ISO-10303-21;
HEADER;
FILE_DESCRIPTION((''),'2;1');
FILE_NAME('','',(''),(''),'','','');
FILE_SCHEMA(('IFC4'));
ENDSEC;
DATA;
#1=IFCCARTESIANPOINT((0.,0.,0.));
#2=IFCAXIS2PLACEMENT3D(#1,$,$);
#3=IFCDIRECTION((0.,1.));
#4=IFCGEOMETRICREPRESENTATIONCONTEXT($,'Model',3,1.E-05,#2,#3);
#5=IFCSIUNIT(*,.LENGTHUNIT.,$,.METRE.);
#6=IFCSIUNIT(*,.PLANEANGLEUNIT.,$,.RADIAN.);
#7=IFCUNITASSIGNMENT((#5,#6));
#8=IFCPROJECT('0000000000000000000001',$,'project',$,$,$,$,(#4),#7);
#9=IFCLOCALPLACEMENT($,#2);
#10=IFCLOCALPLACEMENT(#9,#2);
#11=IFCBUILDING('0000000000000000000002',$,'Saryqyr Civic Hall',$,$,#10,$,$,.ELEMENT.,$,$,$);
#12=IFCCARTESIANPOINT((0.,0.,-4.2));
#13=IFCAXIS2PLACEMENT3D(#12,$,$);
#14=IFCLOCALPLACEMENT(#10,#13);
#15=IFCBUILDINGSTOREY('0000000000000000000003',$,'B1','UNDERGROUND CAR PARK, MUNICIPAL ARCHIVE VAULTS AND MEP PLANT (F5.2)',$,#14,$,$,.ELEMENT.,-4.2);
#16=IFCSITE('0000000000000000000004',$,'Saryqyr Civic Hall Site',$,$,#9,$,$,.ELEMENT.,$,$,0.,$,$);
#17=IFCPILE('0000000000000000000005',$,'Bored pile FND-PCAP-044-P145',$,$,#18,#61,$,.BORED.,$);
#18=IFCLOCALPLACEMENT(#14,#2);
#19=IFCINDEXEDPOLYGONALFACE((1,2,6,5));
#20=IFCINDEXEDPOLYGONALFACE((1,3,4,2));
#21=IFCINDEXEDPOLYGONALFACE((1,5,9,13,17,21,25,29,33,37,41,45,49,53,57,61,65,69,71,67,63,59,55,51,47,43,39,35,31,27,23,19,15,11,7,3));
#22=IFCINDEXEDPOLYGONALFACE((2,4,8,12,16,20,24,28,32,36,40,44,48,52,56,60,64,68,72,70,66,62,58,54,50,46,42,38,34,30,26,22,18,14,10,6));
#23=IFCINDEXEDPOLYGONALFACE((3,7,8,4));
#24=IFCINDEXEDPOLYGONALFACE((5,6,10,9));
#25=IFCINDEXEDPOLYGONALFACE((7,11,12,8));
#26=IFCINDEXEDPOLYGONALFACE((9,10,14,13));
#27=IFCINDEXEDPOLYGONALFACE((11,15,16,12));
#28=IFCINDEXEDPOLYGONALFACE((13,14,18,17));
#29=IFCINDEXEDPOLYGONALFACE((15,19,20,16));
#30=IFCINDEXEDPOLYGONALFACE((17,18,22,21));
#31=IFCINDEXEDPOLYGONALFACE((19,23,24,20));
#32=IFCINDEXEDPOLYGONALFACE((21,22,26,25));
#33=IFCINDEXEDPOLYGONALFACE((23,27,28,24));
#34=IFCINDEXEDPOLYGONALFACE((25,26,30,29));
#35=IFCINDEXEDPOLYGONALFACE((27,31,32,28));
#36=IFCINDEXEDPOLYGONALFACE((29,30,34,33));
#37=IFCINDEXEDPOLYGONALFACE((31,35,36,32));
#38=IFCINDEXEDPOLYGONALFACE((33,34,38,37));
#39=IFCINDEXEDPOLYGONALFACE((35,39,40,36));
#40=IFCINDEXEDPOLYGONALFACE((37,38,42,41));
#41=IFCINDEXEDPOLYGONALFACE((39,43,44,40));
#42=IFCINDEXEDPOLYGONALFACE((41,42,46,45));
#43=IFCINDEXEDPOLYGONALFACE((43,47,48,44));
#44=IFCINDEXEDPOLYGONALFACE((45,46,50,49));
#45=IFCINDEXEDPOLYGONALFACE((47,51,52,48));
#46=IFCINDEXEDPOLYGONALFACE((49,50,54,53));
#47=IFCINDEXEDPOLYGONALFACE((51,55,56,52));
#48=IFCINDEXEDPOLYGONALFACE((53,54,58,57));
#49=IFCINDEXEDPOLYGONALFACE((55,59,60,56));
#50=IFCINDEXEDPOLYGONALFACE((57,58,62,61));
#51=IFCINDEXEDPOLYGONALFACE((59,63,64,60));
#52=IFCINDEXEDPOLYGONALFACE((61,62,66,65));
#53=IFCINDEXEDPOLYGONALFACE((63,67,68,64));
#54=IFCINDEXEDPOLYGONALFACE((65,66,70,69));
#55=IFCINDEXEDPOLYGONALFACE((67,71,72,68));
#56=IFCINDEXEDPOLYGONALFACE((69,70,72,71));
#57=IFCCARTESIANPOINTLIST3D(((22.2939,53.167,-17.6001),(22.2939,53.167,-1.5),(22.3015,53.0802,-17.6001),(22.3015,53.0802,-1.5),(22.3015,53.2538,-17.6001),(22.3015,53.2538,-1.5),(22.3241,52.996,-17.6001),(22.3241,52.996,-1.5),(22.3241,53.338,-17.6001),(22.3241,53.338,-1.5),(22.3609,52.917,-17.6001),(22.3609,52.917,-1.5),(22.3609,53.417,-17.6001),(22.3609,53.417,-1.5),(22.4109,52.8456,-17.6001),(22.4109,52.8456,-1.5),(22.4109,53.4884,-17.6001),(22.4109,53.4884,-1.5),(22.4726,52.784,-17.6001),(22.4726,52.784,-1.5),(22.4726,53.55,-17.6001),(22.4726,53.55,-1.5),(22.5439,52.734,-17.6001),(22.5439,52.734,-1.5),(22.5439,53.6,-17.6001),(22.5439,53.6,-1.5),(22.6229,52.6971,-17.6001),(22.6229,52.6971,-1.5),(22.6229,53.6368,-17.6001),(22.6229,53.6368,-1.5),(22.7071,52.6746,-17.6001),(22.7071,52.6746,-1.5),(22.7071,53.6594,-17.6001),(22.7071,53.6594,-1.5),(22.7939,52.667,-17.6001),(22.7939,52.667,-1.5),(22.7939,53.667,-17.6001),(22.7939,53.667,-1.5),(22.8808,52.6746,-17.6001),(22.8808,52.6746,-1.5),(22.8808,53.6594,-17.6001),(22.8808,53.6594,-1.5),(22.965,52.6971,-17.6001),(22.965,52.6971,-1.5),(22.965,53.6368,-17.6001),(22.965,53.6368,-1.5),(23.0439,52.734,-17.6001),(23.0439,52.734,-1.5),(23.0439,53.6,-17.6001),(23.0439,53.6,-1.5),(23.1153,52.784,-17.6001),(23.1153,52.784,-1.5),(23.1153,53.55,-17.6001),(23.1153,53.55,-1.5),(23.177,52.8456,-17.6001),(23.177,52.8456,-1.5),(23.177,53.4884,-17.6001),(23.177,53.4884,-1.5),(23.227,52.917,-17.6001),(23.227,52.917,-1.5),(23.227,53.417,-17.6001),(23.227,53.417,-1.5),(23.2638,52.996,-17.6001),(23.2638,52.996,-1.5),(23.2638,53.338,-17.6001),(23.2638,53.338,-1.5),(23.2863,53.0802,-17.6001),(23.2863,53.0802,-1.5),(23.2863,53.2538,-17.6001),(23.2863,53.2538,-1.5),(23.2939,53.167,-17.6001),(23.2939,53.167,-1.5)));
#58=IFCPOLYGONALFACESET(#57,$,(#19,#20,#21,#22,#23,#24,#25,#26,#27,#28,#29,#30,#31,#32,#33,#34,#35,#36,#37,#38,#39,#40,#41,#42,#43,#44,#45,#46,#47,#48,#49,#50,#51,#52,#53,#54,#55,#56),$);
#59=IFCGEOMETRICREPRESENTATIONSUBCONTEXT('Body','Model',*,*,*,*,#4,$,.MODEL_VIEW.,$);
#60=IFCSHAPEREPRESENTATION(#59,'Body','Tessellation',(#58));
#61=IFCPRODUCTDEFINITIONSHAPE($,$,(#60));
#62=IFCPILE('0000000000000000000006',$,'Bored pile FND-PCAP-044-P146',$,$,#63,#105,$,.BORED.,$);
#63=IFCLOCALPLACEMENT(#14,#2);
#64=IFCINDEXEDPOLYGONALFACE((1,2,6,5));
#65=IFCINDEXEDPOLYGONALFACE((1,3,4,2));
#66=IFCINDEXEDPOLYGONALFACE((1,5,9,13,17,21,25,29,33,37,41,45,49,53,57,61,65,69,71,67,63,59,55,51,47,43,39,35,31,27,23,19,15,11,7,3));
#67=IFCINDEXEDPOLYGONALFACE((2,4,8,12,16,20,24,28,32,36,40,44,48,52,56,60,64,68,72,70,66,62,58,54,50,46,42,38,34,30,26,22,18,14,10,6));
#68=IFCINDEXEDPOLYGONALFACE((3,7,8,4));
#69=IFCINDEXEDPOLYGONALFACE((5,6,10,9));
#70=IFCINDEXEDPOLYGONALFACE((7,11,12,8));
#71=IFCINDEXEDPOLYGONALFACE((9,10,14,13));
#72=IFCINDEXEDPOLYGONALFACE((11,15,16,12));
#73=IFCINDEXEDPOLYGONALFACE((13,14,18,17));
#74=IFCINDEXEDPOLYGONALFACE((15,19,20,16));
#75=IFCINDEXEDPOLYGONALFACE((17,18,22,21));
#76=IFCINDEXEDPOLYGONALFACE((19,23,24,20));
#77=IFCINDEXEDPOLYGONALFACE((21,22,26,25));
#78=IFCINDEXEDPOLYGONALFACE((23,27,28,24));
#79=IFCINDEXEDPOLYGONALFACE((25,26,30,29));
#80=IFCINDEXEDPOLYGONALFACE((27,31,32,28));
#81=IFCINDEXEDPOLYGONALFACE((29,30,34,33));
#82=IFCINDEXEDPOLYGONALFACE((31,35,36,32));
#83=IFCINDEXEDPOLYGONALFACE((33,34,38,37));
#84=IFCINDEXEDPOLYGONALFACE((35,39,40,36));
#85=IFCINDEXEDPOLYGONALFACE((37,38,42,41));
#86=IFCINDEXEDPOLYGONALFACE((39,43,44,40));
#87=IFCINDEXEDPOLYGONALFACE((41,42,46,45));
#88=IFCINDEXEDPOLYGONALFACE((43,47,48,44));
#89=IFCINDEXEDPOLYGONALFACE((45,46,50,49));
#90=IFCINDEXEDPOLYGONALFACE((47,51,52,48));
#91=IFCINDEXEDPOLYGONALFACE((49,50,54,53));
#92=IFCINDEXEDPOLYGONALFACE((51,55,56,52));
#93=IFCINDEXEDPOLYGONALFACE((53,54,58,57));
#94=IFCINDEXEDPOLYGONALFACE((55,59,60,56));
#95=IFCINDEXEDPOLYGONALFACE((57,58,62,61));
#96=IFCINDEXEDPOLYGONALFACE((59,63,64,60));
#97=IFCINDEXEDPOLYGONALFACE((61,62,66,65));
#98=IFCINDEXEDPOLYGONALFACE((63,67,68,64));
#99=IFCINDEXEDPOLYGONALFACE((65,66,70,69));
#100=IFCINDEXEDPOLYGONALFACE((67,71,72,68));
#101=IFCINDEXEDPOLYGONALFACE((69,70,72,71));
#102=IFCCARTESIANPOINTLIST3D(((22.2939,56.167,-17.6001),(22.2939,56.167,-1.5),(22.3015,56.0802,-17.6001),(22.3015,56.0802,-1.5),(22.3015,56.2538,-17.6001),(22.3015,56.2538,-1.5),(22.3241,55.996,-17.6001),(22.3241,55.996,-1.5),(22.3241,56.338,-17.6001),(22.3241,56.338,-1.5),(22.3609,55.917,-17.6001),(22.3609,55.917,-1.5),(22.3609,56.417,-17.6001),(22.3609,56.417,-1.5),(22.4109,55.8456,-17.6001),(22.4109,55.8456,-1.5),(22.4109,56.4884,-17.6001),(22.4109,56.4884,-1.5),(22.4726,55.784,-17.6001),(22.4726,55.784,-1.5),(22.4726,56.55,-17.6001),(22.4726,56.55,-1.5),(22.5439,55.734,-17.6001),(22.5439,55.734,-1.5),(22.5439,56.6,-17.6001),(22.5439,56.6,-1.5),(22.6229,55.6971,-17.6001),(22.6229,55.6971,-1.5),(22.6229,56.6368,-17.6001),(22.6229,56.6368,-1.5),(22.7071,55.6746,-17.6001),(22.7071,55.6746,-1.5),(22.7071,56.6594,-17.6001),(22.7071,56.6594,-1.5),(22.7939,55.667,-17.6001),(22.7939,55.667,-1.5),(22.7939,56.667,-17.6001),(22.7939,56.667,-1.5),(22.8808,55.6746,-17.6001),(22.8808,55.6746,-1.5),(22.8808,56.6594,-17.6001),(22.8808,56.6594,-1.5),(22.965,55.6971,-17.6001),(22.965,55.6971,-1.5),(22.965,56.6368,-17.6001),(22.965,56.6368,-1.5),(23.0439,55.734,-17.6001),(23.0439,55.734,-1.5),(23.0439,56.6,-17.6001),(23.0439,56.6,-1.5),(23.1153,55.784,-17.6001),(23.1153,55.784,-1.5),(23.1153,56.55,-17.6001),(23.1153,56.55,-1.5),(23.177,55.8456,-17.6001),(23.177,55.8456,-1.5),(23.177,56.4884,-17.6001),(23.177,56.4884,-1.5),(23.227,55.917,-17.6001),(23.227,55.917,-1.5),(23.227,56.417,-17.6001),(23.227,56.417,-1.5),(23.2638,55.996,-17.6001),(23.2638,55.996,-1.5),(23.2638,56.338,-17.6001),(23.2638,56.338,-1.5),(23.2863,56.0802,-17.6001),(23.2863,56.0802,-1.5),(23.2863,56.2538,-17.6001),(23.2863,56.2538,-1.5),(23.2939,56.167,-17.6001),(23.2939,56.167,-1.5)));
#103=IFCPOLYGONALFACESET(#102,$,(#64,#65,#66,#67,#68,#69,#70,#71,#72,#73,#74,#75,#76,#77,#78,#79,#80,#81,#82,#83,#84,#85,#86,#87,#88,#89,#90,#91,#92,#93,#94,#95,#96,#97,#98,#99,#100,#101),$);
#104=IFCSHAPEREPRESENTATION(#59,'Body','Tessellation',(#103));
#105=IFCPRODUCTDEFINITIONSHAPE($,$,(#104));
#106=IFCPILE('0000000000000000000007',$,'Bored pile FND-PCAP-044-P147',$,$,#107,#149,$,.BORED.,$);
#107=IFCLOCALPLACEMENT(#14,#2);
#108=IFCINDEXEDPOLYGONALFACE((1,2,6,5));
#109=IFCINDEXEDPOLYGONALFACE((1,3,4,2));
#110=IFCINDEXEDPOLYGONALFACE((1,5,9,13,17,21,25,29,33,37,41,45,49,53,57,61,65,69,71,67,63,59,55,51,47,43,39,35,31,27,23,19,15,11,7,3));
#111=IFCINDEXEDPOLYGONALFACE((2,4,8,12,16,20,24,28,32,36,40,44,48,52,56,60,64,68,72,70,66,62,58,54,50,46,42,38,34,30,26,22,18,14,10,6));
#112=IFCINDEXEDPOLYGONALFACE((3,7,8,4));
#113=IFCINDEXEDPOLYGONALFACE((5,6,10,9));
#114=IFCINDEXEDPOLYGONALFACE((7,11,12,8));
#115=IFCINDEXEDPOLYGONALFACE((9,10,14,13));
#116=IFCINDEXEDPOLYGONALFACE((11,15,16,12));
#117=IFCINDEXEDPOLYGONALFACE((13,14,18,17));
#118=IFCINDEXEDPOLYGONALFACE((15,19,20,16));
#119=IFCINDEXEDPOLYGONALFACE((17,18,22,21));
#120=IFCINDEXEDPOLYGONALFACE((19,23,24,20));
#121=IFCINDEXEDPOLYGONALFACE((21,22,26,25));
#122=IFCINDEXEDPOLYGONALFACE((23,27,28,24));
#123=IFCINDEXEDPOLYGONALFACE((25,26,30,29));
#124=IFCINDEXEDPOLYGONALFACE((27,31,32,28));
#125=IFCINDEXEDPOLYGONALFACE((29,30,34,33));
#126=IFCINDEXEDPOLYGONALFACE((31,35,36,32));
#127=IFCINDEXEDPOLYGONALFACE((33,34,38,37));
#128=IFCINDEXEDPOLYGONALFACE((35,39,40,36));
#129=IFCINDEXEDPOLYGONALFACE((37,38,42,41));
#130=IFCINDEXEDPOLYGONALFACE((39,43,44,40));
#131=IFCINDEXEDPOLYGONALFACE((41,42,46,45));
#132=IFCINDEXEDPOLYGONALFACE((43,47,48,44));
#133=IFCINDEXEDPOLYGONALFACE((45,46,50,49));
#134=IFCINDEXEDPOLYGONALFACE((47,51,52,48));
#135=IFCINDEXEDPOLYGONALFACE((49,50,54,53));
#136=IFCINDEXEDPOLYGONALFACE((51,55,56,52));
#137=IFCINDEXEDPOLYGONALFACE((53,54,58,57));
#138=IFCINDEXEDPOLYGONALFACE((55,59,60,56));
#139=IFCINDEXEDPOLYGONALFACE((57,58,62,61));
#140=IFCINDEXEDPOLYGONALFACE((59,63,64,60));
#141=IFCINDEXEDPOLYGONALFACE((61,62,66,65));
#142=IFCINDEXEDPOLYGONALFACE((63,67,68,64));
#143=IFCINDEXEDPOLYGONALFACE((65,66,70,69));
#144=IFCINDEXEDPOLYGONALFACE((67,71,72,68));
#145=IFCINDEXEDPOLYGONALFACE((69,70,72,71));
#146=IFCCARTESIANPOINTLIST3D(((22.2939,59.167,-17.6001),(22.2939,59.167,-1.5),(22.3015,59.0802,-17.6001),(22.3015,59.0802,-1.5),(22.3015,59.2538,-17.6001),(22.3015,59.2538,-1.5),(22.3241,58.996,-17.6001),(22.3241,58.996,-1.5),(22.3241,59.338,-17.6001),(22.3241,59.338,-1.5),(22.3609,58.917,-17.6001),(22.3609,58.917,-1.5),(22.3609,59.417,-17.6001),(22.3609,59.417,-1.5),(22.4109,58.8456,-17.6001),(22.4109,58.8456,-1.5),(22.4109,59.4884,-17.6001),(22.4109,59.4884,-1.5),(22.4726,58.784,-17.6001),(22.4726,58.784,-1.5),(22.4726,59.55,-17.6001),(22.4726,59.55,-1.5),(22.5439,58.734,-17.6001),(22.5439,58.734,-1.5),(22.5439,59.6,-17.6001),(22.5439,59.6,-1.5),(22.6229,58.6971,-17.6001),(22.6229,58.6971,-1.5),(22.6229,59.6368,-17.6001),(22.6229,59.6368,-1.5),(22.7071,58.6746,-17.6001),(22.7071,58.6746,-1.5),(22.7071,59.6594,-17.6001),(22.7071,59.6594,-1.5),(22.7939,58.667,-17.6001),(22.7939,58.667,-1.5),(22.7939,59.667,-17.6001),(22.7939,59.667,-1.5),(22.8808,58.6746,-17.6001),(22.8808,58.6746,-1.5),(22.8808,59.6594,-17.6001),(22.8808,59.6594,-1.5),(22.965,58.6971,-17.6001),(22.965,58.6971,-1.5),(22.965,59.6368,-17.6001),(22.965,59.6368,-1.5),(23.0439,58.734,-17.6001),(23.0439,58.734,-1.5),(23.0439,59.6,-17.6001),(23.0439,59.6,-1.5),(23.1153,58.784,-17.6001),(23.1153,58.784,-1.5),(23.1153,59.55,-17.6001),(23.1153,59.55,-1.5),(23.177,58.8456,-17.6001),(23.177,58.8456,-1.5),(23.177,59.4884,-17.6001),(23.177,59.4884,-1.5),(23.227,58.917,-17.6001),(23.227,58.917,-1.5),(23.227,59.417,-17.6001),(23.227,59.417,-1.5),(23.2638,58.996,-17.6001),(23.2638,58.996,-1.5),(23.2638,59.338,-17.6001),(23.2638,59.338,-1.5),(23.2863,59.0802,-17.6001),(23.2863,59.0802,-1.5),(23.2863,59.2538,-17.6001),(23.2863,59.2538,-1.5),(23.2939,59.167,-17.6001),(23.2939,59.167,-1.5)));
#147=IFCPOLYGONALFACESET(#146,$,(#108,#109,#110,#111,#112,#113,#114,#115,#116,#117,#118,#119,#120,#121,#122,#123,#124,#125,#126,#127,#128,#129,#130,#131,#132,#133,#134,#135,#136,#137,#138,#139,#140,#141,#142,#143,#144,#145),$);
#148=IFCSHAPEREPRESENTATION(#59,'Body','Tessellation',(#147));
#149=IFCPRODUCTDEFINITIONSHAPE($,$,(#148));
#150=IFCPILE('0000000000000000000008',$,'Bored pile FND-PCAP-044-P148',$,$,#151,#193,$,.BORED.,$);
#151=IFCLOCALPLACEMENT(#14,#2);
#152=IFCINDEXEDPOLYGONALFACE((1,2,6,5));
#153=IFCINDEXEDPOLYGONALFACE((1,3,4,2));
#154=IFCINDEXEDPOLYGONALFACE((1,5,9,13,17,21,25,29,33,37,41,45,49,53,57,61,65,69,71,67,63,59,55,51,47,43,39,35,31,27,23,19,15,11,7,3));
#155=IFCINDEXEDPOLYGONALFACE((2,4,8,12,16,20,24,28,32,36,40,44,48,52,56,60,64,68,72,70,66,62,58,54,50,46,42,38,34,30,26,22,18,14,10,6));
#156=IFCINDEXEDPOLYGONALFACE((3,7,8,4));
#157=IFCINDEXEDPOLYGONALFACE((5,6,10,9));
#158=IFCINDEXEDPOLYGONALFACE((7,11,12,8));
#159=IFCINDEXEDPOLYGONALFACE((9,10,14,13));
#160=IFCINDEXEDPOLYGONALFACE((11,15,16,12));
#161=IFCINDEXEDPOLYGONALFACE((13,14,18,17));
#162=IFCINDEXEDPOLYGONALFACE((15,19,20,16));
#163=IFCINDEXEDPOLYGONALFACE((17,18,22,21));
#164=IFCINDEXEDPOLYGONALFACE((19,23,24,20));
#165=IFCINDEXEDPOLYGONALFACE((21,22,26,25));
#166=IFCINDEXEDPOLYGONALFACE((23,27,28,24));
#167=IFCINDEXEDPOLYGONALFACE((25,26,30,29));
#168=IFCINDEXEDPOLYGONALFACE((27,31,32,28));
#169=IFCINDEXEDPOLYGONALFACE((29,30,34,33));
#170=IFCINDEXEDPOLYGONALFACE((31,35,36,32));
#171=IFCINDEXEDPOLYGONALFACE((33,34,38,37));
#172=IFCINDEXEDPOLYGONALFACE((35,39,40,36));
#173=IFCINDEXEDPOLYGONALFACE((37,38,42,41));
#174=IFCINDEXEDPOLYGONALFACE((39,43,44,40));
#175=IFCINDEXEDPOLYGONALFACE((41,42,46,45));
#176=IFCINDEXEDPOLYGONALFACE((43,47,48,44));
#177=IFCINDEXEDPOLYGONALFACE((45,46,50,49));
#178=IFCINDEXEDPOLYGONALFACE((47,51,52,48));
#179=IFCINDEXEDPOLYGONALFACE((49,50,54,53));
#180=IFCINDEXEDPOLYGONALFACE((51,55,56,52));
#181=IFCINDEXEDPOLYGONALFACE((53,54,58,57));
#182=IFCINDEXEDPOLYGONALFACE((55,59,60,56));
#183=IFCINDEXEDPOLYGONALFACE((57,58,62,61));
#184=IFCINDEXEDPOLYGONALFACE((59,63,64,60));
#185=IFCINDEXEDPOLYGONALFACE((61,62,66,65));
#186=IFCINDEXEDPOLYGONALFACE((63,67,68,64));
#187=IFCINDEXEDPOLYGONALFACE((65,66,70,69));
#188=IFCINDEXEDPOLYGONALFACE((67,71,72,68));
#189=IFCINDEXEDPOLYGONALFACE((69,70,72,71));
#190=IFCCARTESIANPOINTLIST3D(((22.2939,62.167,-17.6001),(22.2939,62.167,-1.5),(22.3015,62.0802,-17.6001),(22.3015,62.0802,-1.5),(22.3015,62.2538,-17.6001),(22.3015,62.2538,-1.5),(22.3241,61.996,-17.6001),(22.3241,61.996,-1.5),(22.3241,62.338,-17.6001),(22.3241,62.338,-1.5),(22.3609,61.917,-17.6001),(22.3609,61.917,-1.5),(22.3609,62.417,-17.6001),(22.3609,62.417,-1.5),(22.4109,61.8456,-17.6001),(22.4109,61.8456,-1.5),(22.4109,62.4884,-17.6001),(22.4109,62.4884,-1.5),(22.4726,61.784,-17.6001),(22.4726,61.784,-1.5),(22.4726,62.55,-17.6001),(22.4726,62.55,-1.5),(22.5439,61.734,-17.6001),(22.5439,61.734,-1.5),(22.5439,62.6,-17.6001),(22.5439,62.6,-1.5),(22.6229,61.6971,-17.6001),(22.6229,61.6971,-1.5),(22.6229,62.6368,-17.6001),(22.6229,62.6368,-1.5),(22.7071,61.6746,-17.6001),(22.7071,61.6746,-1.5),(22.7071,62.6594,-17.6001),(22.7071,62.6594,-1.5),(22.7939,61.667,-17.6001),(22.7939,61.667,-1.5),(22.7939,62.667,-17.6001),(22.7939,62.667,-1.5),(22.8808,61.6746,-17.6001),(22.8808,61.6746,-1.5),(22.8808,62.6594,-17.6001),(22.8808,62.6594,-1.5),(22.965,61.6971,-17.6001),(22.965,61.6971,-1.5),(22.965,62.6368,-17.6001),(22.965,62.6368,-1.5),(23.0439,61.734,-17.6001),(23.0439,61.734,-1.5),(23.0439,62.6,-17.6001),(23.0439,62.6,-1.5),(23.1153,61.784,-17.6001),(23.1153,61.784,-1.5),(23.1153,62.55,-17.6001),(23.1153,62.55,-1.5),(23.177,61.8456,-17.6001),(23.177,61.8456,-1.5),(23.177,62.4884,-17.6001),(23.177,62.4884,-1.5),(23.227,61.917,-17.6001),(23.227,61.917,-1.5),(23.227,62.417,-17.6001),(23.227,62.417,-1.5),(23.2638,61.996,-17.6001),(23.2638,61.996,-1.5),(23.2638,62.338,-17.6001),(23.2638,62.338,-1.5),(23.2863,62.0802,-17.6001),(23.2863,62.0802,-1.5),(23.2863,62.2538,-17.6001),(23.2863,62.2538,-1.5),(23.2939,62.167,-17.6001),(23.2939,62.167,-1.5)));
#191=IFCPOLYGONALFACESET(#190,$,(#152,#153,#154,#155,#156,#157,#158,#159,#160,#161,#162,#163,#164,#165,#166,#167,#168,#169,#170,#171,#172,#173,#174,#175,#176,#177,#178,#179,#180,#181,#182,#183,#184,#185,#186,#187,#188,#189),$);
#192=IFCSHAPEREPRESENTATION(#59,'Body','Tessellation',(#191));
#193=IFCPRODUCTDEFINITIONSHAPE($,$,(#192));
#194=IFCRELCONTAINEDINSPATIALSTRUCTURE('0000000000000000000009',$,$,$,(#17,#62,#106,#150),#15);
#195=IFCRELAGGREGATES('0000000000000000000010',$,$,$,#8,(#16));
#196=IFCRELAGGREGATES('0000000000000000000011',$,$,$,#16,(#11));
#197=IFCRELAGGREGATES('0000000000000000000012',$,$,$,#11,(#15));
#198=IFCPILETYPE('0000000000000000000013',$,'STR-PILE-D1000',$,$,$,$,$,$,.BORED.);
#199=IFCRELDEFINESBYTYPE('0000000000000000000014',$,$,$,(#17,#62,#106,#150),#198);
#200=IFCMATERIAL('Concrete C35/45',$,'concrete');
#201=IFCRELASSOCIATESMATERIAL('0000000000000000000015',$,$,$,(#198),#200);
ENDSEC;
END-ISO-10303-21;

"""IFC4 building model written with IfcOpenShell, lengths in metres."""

from ifc_helpers import new_model, si_unit, direction, frame, origin, origin_2d, place, context, subcontext, project, spatial, circle, extrude, material, material_profile, profile_set, type_object, element, save


model = new_model("IFC4")

# Units and contexts
model_context = context("Model", 3, precision=1e-05, world=origin(), true_north=direction((0.0, 1.0)))
body_context = subcontext(model_context, "Body", "Model", "MODEL_VIEW")
ifc_project = project(units=[si_unit("LENGTHUNIT", "METRE"), si_unit("PLANEANGLEUNIT", "RADIAN")], contexts=[model_context])

# Site, building, storey
site_placement = place(None, origin())
site = spatial("IfcSite", under=ifc_project, at=site_placement, Name="Saryqyr Civic Hall Site", CompositionType="ELEMENT", RefElevation=0.0)
building_placement = place(site_placement, origin())
building = spatial("IfcBuilding", under=site, at=building_placement, Name="Saryqyr Civic Hall", CompositionType="ELEMENT")
storey_placement = place(building_placement, frame((0.0, 0.0, -4.2)))
storey = spatial("IfcBuildingStorey", under=building, at=storey_placement, Name="B1", Description="UNDERGROUND CAR PARK, MUNICIPAL ARCHIVE VAULTS AND MEP PLANT (F5.2)", CompositionType="ELEMENT", Elevation=-4.2)

# Piles
ifc_material_1 = material(Name="Concrete C35/45", Category="concrete")
ifc_material_profile_1 = material_profile(ifc_material_1, circle(Radius=0.5, at=origin_2d()), Name="BORED PILE D1000")
ifc_profile_set_1 = profile_set([ifc_material_profile_1], Name="Concrete C35/45")
pile_type = type_object("IfcPileType", Name="STR-PILE-D1000", PredefinedType="BORED", material=ifc_profile_set_1)
for number, where, z_axis, x_axis, name in (
    (1, (22.7939, 53.167, -1.5), (0.0, 0.0, -1.0), (1.0, 0.0, 0.0), "Bored pile FND-PCAP-044-P145"),
    (2, (22.7939, 56.167, -1.5), (0.0, 0.0, -1.0), (1.0, 0.0, 0.0), "Bored pile FND-PCAP-044-P146"),
    (3, (22.7939, 59.167, -1.5), (0.0, 0.0, -1.0), (1.0, 0.0, 0.0), "Bored pile FND-PCAP-044-P147"),
    (4, (22.7939, 62.167, -1.5), (0.0, 0.0, -1.0), (1.0, 0.0, 0.0), "Bored pile FND-PCAP-044-P148"),
):
    element("IfcPile", number, at=place(storey_placement, frame(where, z_axis=z_axis, x_axis=x_axis)), inside=storey, type_object=pile_type, Name=name, PredefinedType="BORED", context=body_context, shape_type="SweptSolid", body=[
        extrude(circle(Radius=0.5, at=origin_2d()), origin(), (0.0, 0.0, 1.0), 16.1001),
    ])

save(model, "model.ifc")
